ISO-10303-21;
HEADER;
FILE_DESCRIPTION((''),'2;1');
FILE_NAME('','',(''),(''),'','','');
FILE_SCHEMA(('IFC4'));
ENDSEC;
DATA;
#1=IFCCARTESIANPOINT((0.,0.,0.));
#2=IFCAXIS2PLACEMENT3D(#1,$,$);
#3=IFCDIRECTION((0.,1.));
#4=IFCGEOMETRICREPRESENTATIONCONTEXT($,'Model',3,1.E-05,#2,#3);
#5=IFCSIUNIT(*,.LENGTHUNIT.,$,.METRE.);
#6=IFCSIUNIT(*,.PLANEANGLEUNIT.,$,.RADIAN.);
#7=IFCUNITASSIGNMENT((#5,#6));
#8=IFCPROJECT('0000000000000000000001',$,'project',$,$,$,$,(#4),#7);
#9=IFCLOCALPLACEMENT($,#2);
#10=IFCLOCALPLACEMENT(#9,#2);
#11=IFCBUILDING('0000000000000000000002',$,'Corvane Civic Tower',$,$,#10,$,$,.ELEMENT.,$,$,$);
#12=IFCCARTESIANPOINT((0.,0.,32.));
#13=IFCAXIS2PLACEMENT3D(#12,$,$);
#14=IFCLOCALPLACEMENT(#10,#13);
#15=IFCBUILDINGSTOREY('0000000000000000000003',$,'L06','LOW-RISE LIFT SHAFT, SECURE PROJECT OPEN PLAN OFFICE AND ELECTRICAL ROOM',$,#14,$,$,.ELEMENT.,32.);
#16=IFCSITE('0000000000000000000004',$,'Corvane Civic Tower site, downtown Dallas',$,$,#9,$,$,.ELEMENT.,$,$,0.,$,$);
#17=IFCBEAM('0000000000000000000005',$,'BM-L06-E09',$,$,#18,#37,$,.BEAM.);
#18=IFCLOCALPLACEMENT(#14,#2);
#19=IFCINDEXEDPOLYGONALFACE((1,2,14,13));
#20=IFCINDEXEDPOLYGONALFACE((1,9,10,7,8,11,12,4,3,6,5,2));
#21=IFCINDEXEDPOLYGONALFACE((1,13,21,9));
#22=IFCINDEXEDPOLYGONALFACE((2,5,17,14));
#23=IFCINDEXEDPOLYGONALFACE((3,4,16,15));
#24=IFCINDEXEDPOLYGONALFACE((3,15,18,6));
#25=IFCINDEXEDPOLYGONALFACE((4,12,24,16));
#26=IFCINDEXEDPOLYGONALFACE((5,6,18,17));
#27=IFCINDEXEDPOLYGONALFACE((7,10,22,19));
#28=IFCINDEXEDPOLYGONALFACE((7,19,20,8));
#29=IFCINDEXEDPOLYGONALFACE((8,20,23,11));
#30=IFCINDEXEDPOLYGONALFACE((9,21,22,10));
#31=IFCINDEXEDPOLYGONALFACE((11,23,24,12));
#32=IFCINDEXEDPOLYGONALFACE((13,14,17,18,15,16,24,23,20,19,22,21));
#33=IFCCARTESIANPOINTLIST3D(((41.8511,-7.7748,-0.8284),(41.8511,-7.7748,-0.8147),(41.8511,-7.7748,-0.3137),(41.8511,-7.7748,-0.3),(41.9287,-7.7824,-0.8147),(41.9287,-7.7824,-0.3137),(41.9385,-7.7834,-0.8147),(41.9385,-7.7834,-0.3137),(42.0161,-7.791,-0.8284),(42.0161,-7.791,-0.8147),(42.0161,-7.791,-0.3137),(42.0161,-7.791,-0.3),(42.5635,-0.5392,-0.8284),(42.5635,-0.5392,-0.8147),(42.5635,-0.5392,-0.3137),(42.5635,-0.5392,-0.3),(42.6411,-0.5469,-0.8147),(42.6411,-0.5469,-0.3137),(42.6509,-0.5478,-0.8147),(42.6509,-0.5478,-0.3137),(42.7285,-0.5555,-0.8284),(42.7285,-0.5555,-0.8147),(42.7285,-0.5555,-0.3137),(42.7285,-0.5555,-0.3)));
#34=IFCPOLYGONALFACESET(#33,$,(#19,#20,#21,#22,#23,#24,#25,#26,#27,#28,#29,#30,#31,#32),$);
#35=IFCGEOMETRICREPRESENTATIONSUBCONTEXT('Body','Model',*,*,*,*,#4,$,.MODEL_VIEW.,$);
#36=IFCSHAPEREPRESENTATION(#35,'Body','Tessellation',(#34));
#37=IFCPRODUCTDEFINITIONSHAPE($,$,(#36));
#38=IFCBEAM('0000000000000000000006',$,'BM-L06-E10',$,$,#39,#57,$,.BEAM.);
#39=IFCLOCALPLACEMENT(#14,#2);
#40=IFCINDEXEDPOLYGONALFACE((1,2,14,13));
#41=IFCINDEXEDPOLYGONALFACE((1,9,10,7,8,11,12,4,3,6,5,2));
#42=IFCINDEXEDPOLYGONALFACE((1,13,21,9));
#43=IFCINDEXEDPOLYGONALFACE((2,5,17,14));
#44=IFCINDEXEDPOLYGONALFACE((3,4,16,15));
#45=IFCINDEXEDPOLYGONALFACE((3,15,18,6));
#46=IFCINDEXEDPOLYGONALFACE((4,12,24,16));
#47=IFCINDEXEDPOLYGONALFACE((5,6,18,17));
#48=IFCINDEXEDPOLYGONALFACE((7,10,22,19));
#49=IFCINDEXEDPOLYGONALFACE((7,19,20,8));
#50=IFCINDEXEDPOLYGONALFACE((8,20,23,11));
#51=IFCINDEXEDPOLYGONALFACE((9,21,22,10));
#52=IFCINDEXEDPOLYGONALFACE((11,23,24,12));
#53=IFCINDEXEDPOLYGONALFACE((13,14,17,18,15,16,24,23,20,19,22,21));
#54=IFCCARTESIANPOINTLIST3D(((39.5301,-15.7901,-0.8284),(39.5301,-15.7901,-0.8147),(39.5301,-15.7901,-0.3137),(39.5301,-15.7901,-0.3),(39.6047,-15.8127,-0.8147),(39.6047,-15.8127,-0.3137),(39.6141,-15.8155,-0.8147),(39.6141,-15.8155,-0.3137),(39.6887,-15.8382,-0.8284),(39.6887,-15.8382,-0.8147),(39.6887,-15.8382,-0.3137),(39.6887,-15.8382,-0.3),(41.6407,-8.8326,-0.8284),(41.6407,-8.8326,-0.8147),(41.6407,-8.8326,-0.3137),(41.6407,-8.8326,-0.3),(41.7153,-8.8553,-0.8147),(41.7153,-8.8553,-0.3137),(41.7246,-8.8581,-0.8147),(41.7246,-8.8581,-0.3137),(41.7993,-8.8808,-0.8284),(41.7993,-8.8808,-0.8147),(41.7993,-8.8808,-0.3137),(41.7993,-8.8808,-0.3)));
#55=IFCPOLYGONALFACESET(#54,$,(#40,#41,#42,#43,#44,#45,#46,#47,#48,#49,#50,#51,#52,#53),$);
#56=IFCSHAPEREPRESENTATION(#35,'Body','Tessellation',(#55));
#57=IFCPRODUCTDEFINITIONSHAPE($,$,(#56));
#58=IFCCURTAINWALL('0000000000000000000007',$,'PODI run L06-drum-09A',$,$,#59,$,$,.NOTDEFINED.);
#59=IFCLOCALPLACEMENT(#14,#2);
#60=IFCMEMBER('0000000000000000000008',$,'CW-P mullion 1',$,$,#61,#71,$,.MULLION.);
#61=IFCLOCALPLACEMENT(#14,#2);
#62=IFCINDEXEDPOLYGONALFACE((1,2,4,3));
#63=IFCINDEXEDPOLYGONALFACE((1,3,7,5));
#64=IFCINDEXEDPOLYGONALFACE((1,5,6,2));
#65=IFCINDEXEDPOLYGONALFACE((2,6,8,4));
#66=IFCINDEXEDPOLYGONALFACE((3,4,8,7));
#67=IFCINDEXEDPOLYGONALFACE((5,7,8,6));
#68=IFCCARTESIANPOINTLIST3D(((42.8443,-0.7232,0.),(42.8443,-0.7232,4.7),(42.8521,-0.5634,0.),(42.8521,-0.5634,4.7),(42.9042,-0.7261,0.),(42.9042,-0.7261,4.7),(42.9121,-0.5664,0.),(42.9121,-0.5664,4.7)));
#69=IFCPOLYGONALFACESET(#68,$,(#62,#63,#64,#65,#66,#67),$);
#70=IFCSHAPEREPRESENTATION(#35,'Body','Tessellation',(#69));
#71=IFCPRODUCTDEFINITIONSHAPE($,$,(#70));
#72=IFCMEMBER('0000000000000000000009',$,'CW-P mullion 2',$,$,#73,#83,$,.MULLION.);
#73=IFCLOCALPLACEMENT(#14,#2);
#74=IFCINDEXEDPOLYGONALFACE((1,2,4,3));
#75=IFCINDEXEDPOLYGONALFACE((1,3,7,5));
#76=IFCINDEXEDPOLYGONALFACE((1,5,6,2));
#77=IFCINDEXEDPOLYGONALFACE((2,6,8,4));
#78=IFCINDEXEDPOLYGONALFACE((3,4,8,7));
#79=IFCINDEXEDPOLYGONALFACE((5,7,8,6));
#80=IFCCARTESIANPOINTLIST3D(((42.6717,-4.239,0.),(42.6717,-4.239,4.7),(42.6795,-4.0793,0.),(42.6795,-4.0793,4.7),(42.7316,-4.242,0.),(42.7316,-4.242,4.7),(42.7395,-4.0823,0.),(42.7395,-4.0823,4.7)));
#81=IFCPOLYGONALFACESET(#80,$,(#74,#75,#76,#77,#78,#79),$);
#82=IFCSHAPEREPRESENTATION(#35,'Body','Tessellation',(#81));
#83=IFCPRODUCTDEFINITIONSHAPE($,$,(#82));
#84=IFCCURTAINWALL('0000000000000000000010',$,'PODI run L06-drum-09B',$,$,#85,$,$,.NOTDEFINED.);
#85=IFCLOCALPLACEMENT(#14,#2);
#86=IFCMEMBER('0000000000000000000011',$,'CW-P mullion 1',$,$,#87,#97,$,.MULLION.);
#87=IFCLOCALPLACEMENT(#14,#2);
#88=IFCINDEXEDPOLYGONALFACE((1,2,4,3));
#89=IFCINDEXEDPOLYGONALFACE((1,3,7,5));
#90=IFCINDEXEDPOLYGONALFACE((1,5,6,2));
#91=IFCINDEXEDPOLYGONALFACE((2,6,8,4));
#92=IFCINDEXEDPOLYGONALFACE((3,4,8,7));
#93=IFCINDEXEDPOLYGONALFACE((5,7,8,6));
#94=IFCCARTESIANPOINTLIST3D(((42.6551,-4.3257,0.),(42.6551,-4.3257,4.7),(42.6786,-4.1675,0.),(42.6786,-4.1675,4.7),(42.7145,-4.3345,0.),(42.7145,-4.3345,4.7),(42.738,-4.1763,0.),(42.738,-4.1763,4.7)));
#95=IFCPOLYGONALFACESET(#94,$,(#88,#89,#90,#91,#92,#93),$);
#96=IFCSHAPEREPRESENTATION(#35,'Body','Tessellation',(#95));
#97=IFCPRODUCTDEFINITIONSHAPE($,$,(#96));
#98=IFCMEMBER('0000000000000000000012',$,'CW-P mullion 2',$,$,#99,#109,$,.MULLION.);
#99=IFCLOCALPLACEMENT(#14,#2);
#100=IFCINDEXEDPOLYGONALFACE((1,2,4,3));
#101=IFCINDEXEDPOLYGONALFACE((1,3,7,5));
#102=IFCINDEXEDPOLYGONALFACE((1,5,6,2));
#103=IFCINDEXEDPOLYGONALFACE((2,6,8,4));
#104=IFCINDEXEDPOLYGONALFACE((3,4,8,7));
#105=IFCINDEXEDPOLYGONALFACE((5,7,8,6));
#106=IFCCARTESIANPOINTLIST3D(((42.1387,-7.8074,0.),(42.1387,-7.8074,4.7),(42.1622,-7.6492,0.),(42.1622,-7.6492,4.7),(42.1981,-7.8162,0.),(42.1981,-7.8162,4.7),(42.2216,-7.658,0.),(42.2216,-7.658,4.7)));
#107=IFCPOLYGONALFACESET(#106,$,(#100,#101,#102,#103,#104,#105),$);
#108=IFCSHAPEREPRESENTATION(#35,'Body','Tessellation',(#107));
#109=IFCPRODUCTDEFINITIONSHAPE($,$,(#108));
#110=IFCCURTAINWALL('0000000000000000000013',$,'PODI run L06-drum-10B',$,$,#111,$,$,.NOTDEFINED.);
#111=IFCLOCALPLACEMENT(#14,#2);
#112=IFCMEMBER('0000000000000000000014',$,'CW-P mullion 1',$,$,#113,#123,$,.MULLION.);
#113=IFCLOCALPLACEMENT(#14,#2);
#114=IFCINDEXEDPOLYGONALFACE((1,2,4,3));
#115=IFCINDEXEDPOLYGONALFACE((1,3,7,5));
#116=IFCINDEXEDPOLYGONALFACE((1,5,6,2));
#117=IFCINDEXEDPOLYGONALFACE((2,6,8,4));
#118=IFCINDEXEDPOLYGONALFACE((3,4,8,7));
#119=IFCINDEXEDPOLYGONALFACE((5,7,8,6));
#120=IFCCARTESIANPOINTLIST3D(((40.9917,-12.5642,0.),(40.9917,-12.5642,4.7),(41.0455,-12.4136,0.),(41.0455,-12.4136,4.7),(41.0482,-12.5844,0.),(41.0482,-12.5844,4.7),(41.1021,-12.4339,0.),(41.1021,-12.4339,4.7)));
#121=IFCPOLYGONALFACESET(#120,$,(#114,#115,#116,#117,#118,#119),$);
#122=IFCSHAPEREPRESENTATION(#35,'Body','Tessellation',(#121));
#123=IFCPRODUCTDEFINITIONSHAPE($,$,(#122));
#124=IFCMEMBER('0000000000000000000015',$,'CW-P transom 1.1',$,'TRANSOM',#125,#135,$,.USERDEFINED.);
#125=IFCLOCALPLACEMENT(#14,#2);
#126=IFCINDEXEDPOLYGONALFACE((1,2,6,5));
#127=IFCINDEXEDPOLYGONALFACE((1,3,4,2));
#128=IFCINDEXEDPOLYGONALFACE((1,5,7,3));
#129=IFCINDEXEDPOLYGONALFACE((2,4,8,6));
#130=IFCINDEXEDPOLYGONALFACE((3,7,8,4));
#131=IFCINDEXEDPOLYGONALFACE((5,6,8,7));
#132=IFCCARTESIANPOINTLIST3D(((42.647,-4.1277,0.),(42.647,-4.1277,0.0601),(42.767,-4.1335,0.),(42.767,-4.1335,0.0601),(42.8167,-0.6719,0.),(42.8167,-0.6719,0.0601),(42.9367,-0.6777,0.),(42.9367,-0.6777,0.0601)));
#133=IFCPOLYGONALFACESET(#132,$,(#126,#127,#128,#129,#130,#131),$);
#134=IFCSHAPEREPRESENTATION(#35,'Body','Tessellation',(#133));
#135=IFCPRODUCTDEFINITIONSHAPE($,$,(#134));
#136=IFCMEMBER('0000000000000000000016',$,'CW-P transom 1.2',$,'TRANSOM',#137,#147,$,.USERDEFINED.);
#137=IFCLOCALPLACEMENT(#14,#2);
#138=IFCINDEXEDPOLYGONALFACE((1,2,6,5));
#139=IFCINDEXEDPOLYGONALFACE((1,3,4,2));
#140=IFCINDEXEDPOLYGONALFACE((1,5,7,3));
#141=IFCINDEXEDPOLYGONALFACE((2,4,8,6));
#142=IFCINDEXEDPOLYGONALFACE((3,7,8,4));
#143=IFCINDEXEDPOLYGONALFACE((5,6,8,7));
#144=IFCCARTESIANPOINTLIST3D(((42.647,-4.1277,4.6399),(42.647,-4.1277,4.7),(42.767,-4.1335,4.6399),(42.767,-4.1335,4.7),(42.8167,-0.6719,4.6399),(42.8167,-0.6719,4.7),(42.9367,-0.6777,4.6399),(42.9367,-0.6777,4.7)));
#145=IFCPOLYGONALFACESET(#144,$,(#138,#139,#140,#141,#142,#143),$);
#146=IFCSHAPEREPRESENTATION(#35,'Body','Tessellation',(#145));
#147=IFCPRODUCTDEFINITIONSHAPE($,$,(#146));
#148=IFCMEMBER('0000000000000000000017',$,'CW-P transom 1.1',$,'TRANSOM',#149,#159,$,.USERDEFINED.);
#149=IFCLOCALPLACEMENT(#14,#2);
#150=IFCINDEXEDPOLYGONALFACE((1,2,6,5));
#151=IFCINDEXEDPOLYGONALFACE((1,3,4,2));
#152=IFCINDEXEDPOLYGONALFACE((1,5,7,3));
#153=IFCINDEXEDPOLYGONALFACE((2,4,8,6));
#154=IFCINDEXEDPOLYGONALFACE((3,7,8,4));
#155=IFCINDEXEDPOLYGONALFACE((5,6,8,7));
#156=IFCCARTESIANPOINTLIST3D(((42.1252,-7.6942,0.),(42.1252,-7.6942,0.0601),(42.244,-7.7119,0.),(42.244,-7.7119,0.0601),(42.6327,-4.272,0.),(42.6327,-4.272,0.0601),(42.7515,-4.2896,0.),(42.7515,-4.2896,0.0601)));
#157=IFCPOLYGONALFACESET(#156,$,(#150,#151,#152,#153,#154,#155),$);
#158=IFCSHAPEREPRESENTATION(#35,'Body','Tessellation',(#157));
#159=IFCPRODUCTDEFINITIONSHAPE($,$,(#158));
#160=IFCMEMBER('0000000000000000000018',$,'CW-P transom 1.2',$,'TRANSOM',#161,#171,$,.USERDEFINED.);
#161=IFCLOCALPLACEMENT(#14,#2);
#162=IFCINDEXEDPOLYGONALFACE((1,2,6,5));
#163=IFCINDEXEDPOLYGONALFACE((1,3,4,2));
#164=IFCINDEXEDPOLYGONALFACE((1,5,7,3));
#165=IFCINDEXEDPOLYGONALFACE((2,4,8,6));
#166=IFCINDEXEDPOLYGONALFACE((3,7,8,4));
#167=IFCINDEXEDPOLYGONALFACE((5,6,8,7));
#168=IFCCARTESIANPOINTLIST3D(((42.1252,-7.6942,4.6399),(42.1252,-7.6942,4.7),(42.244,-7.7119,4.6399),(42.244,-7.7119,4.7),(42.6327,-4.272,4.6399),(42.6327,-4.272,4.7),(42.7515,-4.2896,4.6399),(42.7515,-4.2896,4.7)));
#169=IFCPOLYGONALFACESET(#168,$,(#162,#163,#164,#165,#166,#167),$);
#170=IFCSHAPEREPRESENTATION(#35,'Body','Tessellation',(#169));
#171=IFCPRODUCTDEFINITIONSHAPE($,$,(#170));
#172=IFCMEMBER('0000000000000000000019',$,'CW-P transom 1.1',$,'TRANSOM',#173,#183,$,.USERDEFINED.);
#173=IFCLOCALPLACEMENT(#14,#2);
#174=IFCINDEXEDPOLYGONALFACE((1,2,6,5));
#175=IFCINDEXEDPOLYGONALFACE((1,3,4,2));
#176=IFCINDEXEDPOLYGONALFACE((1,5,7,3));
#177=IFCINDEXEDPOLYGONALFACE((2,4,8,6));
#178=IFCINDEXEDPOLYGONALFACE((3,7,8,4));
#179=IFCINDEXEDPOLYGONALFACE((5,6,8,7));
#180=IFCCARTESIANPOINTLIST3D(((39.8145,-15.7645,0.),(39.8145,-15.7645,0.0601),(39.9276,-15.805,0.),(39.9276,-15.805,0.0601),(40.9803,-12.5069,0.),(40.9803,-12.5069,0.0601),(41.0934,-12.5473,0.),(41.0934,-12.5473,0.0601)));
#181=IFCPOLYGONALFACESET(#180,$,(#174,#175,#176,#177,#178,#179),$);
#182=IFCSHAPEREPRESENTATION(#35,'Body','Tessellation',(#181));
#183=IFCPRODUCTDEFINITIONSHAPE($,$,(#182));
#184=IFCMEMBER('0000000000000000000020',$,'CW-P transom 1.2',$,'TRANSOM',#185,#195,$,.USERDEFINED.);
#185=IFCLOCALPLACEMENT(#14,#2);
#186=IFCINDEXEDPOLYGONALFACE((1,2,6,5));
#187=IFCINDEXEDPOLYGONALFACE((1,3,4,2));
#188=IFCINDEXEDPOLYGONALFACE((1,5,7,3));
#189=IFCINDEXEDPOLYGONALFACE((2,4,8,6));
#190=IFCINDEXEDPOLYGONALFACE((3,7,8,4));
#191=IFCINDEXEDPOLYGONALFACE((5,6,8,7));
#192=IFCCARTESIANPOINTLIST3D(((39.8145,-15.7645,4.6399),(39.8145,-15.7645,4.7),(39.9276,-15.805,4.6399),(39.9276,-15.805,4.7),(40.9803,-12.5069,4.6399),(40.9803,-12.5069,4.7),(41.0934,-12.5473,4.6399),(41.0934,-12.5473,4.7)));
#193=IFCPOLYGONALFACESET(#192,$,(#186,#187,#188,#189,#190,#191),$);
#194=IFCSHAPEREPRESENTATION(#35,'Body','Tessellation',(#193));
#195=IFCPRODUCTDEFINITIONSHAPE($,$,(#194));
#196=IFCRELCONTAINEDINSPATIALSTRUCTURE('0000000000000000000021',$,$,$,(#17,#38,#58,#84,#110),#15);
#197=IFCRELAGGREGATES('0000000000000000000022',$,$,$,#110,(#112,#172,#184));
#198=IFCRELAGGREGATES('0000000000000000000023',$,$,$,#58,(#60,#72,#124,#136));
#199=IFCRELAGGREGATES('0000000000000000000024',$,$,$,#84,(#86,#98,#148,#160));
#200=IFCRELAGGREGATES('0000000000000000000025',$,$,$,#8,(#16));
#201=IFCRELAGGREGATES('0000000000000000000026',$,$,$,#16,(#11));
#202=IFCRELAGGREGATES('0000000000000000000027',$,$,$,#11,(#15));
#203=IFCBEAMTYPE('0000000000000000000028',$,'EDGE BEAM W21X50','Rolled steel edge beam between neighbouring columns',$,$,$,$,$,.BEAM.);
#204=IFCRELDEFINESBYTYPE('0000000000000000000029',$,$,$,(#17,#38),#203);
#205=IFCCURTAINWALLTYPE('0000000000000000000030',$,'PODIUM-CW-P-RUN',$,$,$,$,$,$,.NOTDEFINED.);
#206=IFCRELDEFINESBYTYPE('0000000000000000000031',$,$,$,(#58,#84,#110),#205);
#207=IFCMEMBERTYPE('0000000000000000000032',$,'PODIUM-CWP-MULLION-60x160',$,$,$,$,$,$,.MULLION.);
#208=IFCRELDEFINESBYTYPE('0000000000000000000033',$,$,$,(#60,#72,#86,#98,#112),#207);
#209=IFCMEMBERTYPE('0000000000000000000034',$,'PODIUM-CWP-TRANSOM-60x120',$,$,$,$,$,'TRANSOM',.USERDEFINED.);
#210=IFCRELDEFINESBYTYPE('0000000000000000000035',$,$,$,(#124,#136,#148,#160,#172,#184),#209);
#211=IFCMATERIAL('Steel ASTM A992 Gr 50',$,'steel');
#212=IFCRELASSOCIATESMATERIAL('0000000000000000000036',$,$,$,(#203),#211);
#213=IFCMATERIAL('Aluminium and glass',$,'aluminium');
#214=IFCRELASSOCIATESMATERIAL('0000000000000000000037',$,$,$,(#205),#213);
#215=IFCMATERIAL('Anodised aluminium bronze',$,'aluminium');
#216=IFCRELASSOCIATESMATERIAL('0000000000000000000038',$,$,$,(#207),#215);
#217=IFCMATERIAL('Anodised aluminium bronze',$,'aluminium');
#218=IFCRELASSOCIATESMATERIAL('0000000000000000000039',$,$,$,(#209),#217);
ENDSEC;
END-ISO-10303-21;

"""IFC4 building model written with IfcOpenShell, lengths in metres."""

from ifc_helpers import new_model, si_unit, direction, frame, origin, origin_2d, place, context, subcontext, project, spatial, rectangle, i_section, extrude, material, material_profile, profile_set, type_object, element, aggregate, save


model = new_model("IFC4")

# Units and contexts
model_context = context("Model", 3, precision=1e-05, world=origin(), true_north=direction((0.0, 1.0)))
body_context = subcontext(model_context, "Body", "Model", "MODEL_VIEW")
ifc_project = project(units=[si_unit("LENGTHUNIT", "METRE"), si_unit("PLANEANGLEUNIT", "RADIAN")], contexts=[model_context])

# Site, building, storey
site_placement = place(None, origin())
site = spatial("IfcSite", under=ifc_project, at=site_placement, Name="Corvane Civic Tower site, downtown Dallas", CompositionType="ELEMENT", RefElevation=0.0)
building_placement = place(site_placement, origin())
building = spatial("IfcBuilding", under=site, at=building_placement, Name="Corvane Civic Tower", CompositionType="ELEMENT")
storey_placement = place(building_placement, frame((0.0, 0.0, 32.0)))
storey = spatial("IfcBuildingStorey", under=building, at=storey_placement, Name="L06", Description="LOW-RISE LIFT SHAFT, SECURE PROJECT OPEN PLAN OFFICE AND ELECTRICAL ROOM", CompositionType="ELEMENT", Elevation=32.0)

# Beams
ifc_material_1 = material(Name="Steel ASTM A992 Gr 50", Category="steel")
ifc_material_profile_1 = material_profile(ifc_material_1, i_section(OverallWidth=0.1658, OverallDepth=0.5283, WebThickness=0.0098, FlangeThickness=0.0137, at=origin_2d()), Name="W21X50")
ifc_profile_set_1 = profile_set([ifc_material_profile_1], Name="Steel ASTM A992 Gr 50")
beam_type = type_object("IfcBeamType", Name="EDGE BEAM W21X50", Description="Rolled steel edge beam between neighbouring columns", PredefinedType="BEAM", material=ifc_profile_set_1)
for number, where, z_axis, x_axis, name in (
    (1, (42.646, -0.5474, -0.5642), (-0.097984, -0.995188, 0.0), (0.995188, -0.097984, 0.0), "BM-L06-E09"),
    (2, (41.72, -8.8567, -0.5642), (-0.290292, -0.956938, 0.0), (0.956938, -0.290292, 0.0), "BM-L06-E10"),
):
    element("IfcBeam", number, at=place(storey_placement, frame(where, z_axis=z_axis, x_axis=x_axis)), inside=storey, type_object=beam_type, Name=name, PredefinedType="BEAM", context=body_context, shape_type="SweptSolid", body=[
        extrude(i_section(OverallWidth=0.1658, OverallDepth=0.5283, WebThickness=0.0098, FlangeThickness=0.0137, at=origin_2d()), origin(), (0.0, 0.0, 1.0), 7.2705),
    ])

# Curtain walls, members
ifc_material_2 = material(Name="Aluminium and glass", Category="aluminium")
curtain_wall_type = type_object("IfcCurtainWallType", Name="PODIUM-CW-P-RUN", PredefinedType="NOTDEFINED", material=ifc_material_2)
curtain_wall_1_placement = place(storey_placement, origin())
curtain_wall_1 = element("IfcCurtainWall", 3, at=curtain_wall_1_placement, inside=storey, type_object=curtain_wall_type, Name="PODI run L06-drum-09A", PredefinedType="NOTDEFINED")
ifc_material_3 = material(Name="Anodised aluminium bronze", Category="aluminium")
ifc_material_profile_2 = material_profile(ifc_material_3, rectangle(XDim=0.0601, YDim=0.1599, at=origin_2d()), Name="AL 60x160")
ifc_profile_set_2 = profile_set([ifc_material_profile_2], Name="Anodised aluminium bronze")
member_type_1 = type_object("IfcMemberType", Name="PODIUM-CWP-MULLION-60x160", PredefinedType="MULLION", material=ifc_profile_set_2)
member_1_placement = place(storey_placement, frame((42.8782, -0.6448, 0.0), z_axis=(0.0, 0.0, 1.0), x_axis=(0.998796, -0.04905, 0.0)))
member_1 = element("IfcMember", 4, at=member_1_placement, type_object=member_type_1, Name="CW-P mullion 1", PredefinedType="MULLION", context=body_context, shape_type="SweptSolid", body=[
    extrude(rectangle(XDim=0.0601, YDim=0.1599, at=origin_2d()), origin(), (0.0, 0.0, 1.0), 4.7),
])
member_2_placement = place(storey_placement, frame((42.7056, -4.1606, 0.0), z_axis=(0.0, 0.0, 1.0), x_axis=(0.998796, -0.04905, 0.0)))
member_2 = element("IfcMember", 5, at=member_2_placement, type_object=member_type_1, Name="CW-P mullion 2", PredefinedType="MULLION", context=body_context, shape_type="SweptSolid", body=[
    extrude(rectangle(XDim=0.0601, YDim=0.1599, at=origin_2d()), origin(), (0.0, 0.0, 1.0), 4.7),
])
curtain_wall_2_placement = place(storey_placement, origin())
curtain_wall_2 = element("IfcCurtainWall", 6, at=curtain_wall_2_placement, inside=storey, type_object=curtain_wall_type, Name="PODI run L06-drum-09B", PredefinedType="NOTDEFINED")
member_3_placement = place(storey_placement, frame((42.6965, -4.251, 0.0), z_axis=(0.0, 0.0, 1.0), x_axis=(0.989179, -0.146715, 0.0)))
member_3 = element("IfcMember", 7, at=member_3_placement, type_object=member_type_1, Name="CW-P mullion 1", PredefinedType="MULLION", context=body_context, shape_type="SweptSolid", body=[
    extrude(rectangle(XDim=0.0601, YDim=0.1599, at=origin_2d()), origin(), (0.0, 0.0, 1.0), 4.7),
])
member_4_placement = place(storey_placement, frame((42.1802, -7.7327, 0.0), z_axis=(0.0, 0.0, 1.0), x_axis=(0.989179, -0.146715, 0.0)))
member_4 = element("IfcMember", 8, at=member_4_placement, type_object=member_type_1, Name="CW-P mullion 2", PredefinedType="MULLION", context=body_context, shape_type="SweptSolid", body=[
    extrude(rectangle(XDim=0.0601, YDim=0.1599, at=origin_2d()), origin(), (0.0, 0.0, 1.0), 4.7),
])

# Curtain wall, member
curtain_wall_3_placement = place(storey_placement, origin())
curtain_wall_3 = element("IfcCurtainWall", 9, at=curtain_wall_3_placement, inside=storey, type_object=curtain_wall_type, Name="PODI run L06-drum-10B", PredefinedType="NOTDEFINED")
member_5_placement = place(storey_placement, frame((41.0469, -12.499, 0.0), z_axis=(0.0, 0.0, 1.0), x_axis=(0.941534, -0.336919, 0.0)))
member_5 = element("IfcMember", 10, at=member_5_placement, type_object=member_type_1, Name="CW-P mullion 1", PredefinedType="MULLION", context=body_context, shape_type="SweptSolid", body=[
    extrude(rectangle(XDim=0.0601, YDim=0.1599, at=origin_2d()), origin(), (0.0, 0.0, 1.0), 4.7),
])

# Members
ifc_material_4 = material(Name="Anodised aluminium bronze", Category="aluminium")
ifc_material_profile_3 = material_profile(ifc_material_4, rectangle(XDim=0.1201, YDim=0.0601, at=origin_2d()), Name="AL 120x60")
ifc_profile_set_3 = profile_set([ifc_material_profile_3], Name="Anodised aluminium bronze")
member_type_2 = type_object("IfcMemberType", Name="PODIUM-CWP-TRANSOM-60x120", ElementType="TRANSOM", PredefinedType="USERDEFINED", material=ifc_profile_set_3)
member_6_placement = place(storey_placement, frame((42.8767, -0.6748, 0.03), z_axis=(-0.04904, -0.998797, 0.0), x_axis=(0.998797, -0.04904, 0.0)))
member_6 = element("IfcMember", 11, at=member_6_placement, type_object=member_type_2, Name="CW-P transom 1.1", ObjectType="TRANSOM", PredefinedType="USERDEFINED", context=body_context, shape_type="SweptSolid", body=[
    extrude(rectangle(XDim=0.1201, YDim=0.0601, at=origin_2d()), origin(), (0.0, 0.0, 1.0), 3.46),
])
member_7_placement = place(storey_placement, frame((42.8767, -0.6748, 4.6699), z_axis=(-0.04904, -0.998797, 0.0), x_axis=(0.998797, -0.04904, 0.0)))
member_7 = element("IfcMember", 12, at=member_7_placement, type_object=member_type_2, Name="CW-P transom 1.2", ObjectType="TRANSOM", PredefinedType="USERDEFINED", context=body_context, shape_type="SweptSolid", body=[
    extrude(rectangle(XDim=0.1201, YDim=0.0601, at=origin_2d()), origin(), (0.0, 0.0, 1.0), 3.46),
])
member_8_placement = place(storey_placement, frame((42.6921, -4.2808, 0.03), z_axis=(-0.146705, -0.98918, 0.0), x_axis=(0.98918, -0.146705, 0.0)))
member_8 = element("IfcMember", 13, at=member_8_placement, type_object=member_type_2, Name="CW-P transom 1.1", ObjectType="TRANSOM", PredefinedType="USERDEFINED", context=body_context, shape_type="SweptSolid", body=[
    extrude(rectangle(XDim=0.1201, YDim=0.0601, at=origin_2d()), origin(), (0.0, 0.0, 1.0), 3.4597),
])
member_9_placement = place(storey_placement, frame((42.6921, -4.2808, 4.6699), z_axis=(-0.146705, -0.98918, 0.0), x_axis=(0.98918, -0.146705, 0.0)))
member_9 = element("IfcMember", 14, at=member_9_placement, type_object=member_type_2, Name="CW-P transom 1.2", ObjectType="TRANSOM", PredefinedType="USERDEFINED", context=body_context, shape_type="SweptSolid", body=[
    extrude(rectangle(XDim=0.1201, YDim=0.0601, at=origin_2d()), origin(), (0.0, 0.0, 1.0), 3.4597),
])
member_10_placement = place(storey_placement, frame((41.0369, -12.5271, 0.03), z_axis=(-0.33694, -0.941526, 0.0), x_axis=(0.941526, -0.33694, 0.0)))
member_10 = element("IfcMember", 15, at=member_10_placement, type_object=member_type_2, Name="CW-P transom 1.1", ObjectType="TRANSOM", PredefinedType="USERDEFINED", context=body_context, shape_type="SweptSolid", body=[
    extrude(rectangle(XDim=0.1201, YDim=0.0601, at=origin_2d()), origin(), (0.0, 0.0, 1.0), 3.46),
])
member_11_placement = place(storey_placement, frame((41.0369, -12.5271, 4.6699), z_axis=(-0.33694, -0.941526, 0.0), x_axis=(0.941526, -0.33694, 0.0)))
member_11 = element("IfcMember", 16, at=member_11_placement, type_object=member_type_2, Name="CW-P transom 1.2", ObjectType="TRANSOM", PredefinedType="USERDEFINED", context=body_context, shape_type="SweptSolid", body=[
    extrude(rectangle(XDim=0.1201, YDim=0.0601, at=origin_2d()), origin(), (0.0, 0.0, 1.0), 3.46),
])
aggregate(curtain_wall_3, [member_5, member_10, member_11])

aggregate(curtain_wall_1, [member_1, member_2, member_6, member_7])
aggregate(curtain_wall_2, [member_3, member_4, member_8, member_9])

save(model, "model.ifc")
